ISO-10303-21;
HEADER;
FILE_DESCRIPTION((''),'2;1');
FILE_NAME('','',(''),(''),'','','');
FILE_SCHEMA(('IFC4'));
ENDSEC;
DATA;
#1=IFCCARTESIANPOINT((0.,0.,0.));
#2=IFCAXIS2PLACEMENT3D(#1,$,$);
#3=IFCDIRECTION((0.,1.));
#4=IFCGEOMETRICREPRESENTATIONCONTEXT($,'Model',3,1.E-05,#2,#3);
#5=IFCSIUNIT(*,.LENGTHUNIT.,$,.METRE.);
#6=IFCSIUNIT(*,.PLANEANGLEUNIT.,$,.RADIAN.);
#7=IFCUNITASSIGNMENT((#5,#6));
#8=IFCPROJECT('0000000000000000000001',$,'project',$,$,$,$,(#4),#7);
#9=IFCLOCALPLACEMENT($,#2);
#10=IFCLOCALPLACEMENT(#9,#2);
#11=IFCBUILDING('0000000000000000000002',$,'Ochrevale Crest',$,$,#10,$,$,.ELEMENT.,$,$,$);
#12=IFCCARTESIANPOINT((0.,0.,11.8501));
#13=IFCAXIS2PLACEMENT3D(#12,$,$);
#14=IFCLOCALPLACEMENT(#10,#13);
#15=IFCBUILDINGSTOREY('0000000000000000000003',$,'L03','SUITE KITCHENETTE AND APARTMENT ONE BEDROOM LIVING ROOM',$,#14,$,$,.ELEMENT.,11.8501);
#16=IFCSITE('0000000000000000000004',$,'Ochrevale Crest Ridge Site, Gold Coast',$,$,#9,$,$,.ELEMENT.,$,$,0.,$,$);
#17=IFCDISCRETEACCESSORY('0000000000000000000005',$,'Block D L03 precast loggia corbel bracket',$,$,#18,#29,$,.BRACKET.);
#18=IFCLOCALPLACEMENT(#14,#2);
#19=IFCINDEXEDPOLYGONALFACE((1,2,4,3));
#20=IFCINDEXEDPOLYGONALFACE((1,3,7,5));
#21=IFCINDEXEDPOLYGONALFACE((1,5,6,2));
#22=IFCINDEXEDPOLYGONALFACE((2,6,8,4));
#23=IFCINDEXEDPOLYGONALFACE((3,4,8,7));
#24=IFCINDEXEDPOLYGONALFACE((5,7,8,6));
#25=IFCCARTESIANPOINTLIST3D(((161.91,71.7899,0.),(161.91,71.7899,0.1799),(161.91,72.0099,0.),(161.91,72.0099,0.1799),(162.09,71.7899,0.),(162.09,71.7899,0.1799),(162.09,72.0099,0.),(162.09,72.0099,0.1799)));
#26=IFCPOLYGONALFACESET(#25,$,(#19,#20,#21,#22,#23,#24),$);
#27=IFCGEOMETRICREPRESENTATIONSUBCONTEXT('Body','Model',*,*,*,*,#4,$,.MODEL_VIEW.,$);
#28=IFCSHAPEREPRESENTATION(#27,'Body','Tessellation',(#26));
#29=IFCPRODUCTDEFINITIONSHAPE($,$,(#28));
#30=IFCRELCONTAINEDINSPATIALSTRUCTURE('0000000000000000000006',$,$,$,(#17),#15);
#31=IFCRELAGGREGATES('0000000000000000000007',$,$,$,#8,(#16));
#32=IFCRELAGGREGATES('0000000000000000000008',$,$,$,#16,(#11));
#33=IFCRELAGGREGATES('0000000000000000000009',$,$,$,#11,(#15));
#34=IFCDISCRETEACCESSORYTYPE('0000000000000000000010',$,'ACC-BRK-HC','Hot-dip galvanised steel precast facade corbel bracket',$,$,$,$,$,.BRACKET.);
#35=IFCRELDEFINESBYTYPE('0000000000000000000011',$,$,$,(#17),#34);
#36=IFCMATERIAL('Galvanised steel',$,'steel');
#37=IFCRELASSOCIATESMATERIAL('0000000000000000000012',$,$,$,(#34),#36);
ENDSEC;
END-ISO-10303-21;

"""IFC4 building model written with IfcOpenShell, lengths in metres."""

from ifc_helpers import new_model, si_unit, direction, frame, origin, origin_2d, place, context, subcontext, project, spatial, rectangle, extrude, material, type_object, element, save


model = new_model("IFC4")

# Units and contexts
model_context = context("Model", 3, precision=1e-05, world=origin(), true_north=direction((0.0, 1.0)))
body_context = subcontext(model_context, "Body", "Model", "MODEL_VIEW")
ifc_project = project(units=[si_unit("LENGTHUNIT", "METRE"), si_unit("PLANEANGLEUNIT", "RADIAN")], contexts=[model_context])

# Site, building, storey
site_placement = place(None, origin())
site = spatial("IfcSite", under=ifc_project, at=site_placement, Name="Ochrevale Crest Ridge Site, Gold Coast", CompositionType="ELEMENT", RefElevation=0.0)
building_placement = place(site_placement, origin())
building = spatial("IfcBuilding", under=site, at=building_placement, Name="Ochrevale Crest", CompositionType="ELEMENT")
storey_placement = place(building_placement, frame((0.0, 0.0, 11.8501)))
storey = spatial("IfcBuildingStorey", under=building, at=storey_placement, Name="L03", Description="SUITE KITCHENETTE AND APARTMENT ONE BEDROOM LIVING ROOM", CompositionType="ELEMENT", Elevation=11.8501)

# Shared definitions
ifc_material_1 = material(Name="Galvanised steel", Category="steel")

# Discrete accessory
discrete_accessory_type = type_object("IfcDiscreteAccessoryType", Name="ACC-BRK-HC", Description="Hot-dip galvanised steel precast facade corbel bracket", PredefinedType="BRACKET", material=ifc_material_1)
discrete_accessory_placement = place(storey_placement, frame((162.0, 71.8999, 0.0), z_axis=(0.0, 0.0, 1.0), x_axis=(1.0, 0.0, 0.0)))
element("IfcDiscreteAccessory", 1, at=discrete_accessory_placement, inside=storey, type_object=discrete_accessory_type, Name="Block D L03 precast loggia corbel bracket", PredefinedType="BRACKET", context=body_context, shape_type="SweptSolid", body=[
    extrude(rectangle(XDim=0.1799, YDim=0.22, at=origin_2d()), origin(), (0.0, 0.0, 1.0), 0.1799),
])

save(model, "model.ifc")
